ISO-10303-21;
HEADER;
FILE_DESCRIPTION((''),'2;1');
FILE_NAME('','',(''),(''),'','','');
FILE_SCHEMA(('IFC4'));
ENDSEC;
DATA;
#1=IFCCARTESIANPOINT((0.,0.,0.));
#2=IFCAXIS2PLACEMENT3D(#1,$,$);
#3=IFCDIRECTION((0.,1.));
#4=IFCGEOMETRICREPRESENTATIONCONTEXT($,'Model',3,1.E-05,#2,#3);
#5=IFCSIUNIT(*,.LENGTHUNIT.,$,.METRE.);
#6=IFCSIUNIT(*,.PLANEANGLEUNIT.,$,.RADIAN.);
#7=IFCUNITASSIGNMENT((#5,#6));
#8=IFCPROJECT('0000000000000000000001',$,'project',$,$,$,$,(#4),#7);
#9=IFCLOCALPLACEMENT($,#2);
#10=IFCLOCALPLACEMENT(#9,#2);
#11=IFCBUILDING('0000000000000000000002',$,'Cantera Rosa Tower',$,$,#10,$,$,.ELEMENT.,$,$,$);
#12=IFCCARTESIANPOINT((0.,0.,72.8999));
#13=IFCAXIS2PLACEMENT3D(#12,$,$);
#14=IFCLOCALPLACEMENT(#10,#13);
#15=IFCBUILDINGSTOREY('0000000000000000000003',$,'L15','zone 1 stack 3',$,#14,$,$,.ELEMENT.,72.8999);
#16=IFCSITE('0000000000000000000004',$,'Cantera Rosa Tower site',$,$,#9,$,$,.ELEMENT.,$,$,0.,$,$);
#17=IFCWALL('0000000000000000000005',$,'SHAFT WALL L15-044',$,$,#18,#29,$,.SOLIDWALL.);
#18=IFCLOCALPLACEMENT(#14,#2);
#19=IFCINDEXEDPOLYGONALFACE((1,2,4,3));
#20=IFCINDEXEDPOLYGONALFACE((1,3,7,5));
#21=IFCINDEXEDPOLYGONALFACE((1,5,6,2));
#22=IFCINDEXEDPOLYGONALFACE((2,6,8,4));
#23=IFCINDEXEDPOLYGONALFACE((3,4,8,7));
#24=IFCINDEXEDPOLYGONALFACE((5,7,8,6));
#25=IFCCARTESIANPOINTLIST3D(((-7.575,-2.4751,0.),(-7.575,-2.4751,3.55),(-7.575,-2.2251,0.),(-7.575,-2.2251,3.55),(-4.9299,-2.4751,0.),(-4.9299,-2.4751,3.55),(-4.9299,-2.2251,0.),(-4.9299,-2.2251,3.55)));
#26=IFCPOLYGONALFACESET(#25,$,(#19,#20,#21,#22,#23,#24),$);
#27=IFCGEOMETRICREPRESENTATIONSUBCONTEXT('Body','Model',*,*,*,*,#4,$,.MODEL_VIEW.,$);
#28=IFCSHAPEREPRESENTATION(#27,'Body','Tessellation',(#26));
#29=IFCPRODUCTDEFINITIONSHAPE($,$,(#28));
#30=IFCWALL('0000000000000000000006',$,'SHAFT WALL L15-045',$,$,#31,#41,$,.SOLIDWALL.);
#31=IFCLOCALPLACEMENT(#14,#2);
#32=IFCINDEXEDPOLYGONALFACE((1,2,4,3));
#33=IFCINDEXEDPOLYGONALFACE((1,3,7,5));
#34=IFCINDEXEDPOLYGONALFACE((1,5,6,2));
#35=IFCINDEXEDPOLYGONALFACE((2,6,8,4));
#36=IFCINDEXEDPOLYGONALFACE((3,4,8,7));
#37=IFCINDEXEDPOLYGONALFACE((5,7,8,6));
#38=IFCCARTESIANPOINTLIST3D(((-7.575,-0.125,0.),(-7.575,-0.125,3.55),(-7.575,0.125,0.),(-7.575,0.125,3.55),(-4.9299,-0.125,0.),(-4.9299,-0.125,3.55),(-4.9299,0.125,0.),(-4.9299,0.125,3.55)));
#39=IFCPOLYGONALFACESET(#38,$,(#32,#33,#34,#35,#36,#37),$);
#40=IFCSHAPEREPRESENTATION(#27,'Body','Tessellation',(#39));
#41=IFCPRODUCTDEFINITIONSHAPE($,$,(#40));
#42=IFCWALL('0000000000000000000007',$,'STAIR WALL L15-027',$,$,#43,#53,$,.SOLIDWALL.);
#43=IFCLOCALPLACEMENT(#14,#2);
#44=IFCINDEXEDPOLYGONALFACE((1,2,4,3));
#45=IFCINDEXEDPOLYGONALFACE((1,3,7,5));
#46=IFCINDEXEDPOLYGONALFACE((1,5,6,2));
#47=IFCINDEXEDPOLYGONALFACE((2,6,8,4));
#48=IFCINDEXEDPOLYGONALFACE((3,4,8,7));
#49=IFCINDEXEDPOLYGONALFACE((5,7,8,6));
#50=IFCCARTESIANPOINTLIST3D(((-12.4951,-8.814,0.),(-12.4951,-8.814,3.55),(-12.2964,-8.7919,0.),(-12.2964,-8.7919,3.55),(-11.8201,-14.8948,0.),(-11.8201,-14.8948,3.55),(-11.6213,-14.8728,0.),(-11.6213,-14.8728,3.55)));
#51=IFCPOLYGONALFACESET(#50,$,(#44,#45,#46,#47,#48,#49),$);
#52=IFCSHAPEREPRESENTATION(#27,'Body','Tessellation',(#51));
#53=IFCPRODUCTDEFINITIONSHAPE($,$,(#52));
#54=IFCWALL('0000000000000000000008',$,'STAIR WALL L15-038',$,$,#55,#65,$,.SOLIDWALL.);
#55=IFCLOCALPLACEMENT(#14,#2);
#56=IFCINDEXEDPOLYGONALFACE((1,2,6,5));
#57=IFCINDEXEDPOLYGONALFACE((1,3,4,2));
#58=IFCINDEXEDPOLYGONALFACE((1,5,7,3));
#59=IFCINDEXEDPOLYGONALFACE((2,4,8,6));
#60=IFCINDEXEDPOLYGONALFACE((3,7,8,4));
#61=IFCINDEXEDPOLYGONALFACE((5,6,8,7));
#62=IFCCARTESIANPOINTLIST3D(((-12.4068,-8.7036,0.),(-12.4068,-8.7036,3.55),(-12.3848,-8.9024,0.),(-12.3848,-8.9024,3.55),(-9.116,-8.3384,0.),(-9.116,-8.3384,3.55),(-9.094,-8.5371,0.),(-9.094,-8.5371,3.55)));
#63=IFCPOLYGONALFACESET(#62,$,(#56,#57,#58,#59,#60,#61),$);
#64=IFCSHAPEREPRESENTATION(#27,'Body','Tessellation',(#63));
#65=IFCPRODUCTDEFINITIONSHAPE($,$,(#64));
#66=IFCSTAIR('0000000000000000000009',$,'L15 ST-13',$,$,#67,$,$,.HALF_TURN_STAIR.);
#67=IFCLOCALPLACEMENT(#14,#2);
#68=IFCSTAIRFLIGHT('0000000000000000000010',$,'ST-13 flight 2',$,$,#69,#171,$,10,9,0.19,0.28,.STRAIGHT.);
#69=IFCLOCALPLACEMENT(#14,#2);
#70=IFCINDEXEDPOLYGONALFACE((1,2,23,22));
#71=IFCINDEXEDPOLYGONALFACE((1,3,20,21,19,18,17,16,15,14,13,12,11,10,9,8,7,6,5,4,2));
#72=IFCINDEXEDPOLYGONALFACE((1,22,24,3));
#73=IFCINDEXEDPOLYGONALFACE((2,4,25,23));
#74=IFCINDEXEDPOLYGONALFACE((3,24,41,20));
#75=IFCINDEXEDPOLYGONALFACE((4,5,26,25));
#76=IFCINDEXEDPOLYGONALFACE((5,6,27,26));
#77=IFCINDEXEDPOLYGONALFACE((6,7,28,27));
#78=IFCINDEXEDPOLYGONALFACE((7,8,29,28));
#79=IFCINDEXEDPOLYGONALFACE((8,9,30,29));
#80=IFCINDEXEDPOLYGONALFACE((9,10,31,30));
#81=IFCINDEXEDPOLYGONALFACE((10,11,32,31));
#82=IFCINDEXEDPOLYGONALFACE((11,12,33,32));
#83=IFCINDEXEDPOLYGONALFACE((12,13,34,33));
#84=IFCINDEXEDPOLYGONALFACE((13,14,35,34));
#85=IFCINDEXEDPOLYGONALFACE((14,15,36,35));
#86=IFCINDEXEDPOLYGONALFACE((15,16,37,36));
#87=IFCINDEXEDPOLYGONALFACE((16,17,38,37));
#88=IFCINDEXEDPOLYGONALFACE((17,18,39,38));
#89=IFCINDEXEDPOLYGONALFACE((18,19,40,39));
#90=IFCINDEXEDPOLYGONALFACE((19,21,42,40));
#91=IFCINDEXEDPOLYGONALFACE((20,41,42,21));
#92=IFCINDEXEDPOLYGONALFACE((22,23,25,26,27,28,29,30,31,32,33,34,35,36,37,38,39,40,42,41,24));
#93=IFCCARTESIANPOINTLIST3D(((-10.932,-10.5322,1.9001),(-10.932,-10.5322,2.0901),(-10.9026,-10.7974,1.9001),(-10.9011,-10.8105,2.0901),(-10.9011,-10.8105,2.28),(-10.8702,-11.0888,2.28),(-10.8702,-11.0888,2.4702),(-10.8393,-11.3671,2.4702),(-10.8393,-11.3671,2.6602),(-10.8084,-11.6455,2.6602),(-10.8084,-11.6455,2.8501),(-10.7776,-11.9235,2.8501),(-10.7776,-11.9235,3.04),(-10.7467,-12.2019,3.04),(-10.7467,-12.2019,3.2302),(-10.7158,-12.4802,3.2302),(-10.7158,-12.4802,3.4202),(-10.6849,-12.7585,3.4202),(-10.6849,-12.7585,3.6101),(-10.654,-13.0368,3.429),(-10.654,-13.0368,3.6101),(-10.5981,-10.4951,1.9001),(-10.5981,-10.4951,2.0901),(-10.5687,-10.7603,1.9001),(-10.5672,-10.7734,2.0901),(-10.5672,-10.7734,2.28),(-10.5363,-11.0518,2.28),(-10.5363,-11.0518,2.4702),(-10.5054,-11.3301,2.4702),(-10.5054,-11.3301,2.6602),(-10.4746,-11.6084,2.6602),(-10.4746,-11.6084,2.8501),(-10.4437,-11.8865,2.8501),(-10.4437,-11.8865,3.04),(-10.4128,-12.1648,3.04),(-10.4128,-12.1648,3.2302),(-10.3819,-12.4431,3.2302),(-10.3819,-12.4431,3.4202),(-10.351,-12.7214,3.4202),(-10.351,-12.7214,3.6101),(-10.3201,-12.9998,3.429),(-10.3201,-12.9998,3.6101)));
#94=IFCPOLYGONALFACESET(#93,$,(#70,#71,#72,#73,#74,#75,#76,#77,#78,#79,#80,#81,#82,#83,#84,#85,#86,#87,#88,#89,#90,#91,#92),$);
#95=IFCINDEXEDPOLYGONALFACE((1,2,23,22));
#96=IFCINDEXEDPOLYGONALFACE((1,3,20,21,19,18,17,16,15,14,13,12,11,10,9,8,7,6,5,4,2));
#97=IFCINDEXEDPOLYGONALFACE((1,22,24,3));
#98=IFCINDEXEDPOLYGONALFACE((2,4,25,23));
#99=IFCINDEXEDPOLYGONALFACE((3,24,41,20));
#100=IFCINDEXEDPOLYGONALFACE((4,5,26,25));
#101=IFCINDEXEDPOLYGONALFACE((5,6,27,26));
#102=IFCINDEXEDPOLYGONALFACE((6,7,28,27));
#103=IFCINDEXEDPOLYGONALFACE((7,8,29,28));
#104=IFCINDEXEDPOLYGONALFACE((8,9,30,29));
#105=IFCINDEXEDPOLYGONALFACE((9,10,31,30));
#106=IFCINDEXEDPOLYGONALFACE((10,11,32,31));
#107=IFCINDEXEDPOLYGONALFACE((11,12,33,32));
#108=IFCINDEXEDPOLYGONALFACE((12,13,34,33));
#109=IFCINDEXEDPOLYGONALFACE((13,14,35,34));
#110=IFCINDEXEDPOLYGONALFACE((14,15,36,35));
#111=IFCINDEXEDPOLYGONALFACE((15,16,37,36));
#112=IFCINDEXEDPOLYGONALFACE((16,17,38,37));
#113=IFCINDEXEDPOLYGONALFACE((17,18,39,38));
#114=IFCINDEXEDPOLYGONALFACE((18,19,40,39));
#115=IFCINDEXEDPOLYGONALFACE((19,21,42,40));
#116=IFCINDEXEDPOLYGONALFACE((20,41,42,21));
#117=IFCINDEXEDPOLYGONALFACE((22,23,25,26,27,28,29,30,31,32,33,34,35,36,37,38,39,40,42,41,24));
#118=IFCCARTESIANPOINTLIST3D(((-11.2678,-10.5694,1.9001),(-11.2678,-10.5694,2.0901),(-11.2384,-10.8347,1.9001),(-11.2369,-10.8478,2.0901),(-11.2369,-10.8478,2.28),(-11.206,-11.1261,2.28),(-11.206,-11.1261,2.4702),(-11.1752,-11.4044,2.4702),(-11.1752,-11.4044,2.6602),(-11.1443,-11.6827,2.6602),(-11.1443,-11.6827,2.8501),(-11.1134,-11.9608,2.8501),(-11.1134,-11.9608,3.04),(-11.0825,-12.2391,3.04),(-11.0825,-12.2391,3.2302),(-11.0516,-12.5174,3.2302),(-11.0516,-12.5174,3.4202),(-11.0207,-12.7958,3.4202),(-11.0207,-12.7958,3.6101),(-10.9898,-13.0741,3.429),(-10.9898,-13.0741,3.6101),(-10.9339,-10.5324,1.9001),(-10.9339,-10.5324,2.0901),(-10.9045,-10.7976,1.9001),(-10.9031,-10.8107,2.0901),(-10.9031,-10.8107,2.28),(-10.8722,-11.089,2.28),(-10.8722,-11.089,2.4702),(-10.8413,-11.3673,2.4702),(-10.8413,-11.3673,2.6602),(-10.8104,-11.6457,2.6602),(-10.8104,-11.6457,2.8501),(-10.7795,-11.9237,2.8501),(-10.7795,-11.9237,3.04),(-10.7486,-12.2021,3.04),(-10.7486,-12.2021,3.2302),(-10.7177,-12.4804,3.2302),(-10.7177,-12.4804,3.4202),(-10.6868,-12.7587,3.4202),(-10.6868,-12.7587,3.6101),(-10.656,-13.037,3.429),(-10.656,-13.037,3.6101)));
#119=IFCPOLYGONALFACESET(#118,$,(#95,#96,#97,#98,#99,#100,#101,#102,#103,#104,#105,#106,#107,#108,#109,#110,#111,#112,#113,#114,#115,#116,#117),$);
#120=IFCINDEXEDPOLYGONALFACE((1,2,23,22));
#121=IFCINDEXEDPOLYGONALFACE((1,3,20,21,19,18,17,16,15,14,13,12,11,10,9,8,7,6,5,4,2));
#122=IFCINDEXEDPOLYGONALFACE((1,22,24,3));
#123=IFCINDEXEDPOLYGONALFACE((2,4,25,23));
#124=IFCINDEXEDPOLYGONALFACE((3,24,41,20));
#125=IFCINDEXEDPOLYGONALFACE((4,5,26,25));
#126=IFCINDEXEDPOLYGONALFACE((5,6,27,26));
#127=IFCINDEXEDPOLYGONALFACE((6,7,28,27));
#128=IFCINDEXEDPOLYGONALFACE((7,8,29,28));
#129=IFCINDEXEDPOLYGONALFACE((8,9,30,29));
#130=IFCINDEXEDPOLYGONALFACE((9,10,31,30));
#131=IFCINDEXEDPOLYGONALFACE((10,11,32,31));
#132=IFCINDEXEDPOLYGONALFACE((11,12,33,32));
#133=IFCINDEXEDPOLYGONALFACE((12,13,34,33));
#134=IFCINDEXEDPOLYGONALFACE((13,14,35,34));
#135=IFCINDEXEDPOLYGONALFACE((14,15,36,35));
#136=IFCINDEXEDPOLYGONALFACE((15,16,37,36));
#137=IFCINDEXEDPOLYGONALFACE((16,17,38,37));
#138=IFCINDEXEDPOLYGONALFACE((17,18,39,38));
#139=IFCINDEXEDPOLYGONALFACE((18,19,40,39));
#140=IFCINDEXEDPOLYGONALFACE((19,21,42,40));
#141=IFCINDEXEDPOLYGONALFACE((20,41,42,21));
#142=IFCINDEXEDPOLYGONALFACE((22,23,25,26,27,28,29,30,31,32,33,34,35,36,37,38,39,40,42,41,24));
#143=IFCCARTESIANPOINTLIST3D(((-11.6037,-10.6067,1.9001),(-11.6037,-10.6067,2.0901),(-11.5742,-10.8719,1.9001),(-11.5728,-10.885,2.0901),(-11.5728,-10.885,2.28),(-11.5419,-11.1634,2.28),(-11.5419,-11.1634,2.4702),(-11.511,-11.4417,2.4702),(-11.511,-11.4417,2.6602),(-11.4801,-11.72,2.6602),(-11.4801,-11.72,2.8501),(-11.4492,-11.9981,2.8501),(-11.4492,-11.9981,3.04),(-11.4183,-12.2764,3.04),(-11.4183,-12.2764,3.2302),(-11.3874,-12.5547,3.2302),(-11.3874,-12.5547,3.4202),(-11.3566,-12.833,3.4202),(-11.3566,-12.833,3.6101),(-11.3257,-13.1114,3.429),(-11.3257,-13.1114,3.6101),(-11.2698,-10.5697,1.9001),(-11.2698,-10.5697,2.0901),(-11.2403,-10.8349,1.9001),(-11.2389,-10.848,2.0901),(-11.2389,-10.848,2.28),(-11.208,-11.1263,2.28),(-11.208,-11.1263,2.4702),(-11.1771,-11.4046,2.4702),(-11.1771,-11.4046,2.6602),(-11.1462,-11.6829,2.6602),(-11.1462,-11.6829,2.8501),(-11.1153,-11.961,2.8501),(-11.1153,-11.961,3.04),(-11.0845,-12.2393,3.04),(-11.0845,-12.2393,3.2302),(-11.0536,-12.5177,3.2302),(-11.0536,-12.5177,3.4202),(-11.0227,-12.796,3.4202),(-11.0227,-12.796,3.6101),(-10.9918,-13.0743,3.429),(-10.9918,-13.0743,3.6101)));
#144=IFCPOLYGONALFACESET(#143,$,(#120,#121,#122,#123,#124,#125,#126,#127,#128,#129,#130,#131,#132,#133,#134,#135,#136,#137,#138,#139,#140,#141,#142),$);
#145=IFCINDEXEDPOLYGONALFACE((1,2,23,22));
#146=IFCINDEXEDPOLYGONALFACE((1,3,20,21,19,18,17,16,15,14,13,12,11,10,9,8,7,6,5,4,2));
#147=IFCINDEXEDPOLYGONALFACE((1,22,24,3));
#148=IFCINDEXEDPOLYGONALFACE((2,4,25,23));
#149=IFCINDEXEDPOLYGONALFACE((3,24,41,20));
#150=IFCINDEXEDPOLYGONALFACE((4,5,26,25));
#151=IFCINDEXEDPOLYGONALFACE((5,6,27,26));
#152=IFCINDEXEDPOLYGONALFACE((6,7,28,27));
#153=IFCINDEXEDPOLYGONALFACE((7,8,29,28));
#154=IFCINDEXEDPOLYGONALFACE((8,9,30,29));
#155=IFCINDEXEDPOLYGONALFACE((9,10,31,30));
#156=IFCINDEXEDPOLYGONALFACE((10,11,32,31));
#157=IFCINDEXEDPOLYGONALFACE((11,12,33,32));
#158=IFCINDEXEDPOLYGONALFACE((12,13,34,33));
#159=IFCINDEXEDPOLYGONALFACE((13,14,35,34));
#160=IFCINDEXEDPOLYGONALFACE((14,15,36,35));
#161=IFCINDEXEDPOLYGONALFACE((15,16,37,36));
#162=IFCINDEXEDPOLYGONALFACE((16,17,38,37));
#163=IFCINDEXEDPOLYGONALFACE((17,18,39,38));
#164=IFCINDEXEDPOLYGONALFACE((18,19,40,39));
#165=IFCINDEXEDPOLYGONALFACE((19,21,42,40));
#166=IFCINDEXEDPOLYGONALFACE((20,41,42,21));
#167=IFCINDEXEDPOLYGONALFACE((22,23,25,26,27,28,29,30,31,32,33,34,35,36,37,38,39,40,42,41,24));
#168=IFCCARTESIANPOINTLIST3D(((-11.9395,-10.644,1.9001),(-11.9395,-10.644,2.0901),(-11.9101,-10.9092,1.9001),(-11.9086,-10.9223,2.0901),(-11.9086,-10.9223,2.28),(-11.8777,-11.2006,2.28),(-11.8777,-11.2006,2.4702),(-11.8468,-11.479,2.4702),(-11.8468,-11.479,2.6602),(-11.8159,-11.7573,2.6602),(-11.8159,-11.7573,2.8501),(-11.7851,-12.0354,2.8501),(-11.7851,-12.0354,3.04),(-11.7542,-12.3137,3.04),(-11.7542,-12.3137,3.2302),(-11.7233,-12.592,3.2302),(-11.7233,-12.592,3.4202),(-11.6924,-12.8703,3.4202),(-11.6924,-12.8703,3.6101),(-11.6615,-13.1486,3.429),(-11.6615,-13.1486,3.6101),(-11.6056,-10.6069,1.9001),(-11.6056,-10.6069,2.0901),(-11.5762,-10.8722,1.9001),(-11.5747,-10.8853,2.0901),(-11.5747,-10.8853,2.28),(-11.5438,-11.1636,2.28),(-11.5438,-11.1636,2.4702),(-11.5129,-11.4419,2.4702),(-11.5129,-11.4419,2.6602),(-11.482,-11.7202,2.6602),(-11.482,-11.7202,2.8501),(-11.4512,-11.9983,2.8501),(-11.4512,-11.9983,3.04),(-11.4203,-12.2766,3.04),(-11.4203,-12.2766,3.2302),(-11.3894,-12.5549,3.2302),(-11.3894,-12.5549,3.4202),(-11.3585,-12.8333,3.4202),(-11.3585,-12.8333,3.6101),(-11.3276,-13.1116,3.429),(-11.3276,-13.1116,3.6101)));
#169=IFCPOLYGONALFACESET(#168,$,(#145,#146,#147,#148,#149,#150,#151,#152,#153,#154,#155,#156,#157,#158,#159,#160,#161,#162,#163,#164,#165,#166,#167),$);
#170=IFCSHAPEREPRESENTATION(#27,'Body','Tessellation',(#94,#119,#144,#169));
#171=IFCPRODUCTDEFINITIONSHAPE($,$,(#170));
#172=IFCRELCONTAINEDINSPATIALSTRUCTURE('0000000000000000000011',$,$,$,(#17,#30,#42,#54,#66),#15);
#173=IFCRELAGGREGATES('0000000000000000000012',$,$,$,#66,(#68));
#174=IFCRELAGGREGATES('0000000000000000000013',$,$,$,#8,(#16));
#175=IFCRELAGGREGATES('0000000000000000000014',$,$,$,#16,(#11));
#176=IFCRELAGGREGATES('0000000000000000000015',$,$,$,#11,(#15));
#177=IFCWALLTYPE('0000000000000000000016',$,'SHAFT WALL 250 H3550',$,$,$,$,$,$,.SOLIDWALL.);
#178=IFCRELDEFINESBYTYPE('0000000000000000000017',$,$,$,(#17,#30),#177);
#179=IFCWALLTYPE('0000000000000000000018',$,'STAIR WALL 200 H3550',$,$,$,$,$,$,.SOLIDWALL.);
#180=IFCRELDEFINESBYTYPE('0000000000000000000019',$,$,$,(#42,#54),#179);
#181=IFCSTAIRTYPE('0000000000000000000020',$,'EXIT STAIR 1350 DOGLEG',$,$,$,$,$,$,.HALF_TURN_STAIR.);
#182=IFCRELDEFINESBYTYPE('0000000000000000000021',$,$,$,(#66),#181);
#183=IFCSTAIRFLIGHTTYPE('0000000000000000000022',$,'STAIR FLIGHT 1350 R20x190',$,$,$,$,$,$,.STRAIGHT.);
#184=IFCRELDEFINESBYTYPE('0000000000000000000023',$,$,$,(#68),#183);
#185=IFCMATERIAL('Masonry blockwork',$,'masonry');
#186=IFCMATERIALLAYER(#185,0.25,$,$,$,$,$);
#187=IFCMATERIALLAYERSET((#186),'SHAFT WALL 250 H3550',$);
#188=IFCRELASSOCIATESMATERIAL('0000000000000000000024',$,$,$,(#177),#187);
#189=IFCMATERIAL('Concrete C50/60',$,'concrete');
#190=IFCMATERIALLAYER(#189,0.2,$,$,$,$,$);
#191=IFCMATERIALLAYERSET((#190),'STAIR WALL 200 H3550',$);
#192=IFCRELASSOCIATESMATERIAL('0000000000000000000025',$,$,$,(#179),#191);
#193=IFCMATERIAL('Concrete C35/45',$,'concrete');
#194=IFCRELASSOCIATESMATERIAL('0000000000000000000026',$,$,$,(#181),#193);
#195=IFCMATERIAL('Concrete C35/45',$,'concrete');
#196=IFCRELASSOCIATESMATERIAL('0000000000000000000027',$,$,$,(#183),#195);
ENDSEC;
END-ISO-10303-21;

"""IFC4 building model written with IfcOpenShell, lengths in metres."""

from ifc_helpers import new_model, si_unit, direction, frame, frame_2d, origin, place, context, subcontext, project, spatial, polyline, rectangle, outline, extrude, material, layer, layer_set, type_object, element, aggregate, save


model = new_model("IFC4")

# Units and contexts
model_context = context("Model", 3, precision=1e-05, world=origin(), true_north=direction((0.0, 1.0)))
body_context = subcontext(model_context, "Body", "Model", "MODEL_VIEW")
ifc_project = project(units=[si_unit("LENGTHUNIT", "METRE"), si_unit("PLANEANGLEUNIT", "RADIAN")], contexts=[model_context])

# Site, building, storey
site_placement = place(None, origin())
site = spatial("IfcSite", under=ifc_project, at=site_placement, Name="Cantera Rosa Tower site", CompositionType="ELEMENT", RefElevation=0.0)
building_placement = place(site_placement, origin())
building = spatial("IfcBuilding", under=site, at=building_placement, Name="Cantera Rosa Tower", CompositionType="ELEMENT")
storey_placement = place(building_placement, frame((0.0, 0.0, 72.8999)))
storey = spatial("IfcBuildingStorey", under=building, at=storey_placement, Name="L15", Description="zone 1 stack 3", CompositionType="ELEMENT", Elevation=72.8999)

# Walls
ifc_material_1 = material(Name="Masonry blockwork", Category="masonry")
ifc_layer_1 = layer(ifc_material_1, 0.25)
ifc_layer_set_1 = layer_set([ifc_layer_1], Name="SHAFT WALL 250 H3550")
wall_type_1 = type_object("IfcWallType", Name="SHAFT WALL 250 H3550", PredefinedType="SOLIDWALL", material=ifc_layer_set_1)
for number, where, z_axis, x_axis, name in (
    (1, (-7.575, -2.3501, 0.0), (0.0, 0.0, 1.0), (1.0, 0.0, 0.0), "SHAFT WALL L15-044"),
    (2, (-7.575, 0.0, 0.0), (0.0, 0.0, 1.0), (1.0, 0.0, 0.0), "SHAFT WALL L15-045"),
):
    element("IfcWall", number, at=place(storey_placement, frame(where, z_axis=z_axis, x_axis=x_axis)), inside=storey, type_object=wall_type_1, Name=name, PredefinedType="SOLIDWALL", context=body_context, shape_type="SweptSolid", body=[
        extrude(rectangle(XDim=2.645, YDim=0.25, at=frame_2d((1.3225, 0.0))), origin(), (0.0, 0.0, 1.0), 3.55),
    ])
ifc_material_2 = material(Name="Concrete C50/60", Category="concrete")
ifc_layer_2 = layer(ifc_material_2, 0.2)
ifc_layer_set_2 = layer_set([ifc_layer_2], Name="STAIR WALL 200 H3550")
wall_type_2 = type_object("IfcWallType", Name="STAIR WALL 200 H3550", PredefinedType="SOLIDWALL", material=ifc_layer_set_2)
wall_1_placement = place(storey_placement, frame((-12.3958, -8.803, 0.0), z_axis=(0.0, 0.0, 1.0), x_axis=(0.110335, -0.993894, 0.0)))
element("IfcWall", 3, at=wall_1_placement, inside=storey, type_object=wall_type_2, Name="STAIR WALL L15-027", PredefinedType="SOLIDWALL", context=body_context, shape_type="SweptSolid", body=[
    extrude(rectangle(XDim=6.1182, YDim=0.2, at=frame_2d((3.0591, 0.0))), origin(), (0.0, 0.0, 1.0), 3.55),
])
wall_2_placement = place(storey_placement, frame((-9.105, -8.4377, 0.0), z_axis=(0.0, 0.0, 1.0), x_axis=(-0.993897, -0.11031, 0.0)))
element("IfcWall", 4, at=wall_2_placement, inside=storey, type_object=wall_type_2, Name="STAIR WALL L15-038", PredefinedType="SOLIDWALL", context=body_context, shape_type="SweptSolid", body=[
    extrude(rectangle(XDim=3.311, YDim=0.2, at=frame_2d((1.6555, 0.0))), origin(), (0.0, 0.0, 1.0), 3.55),
])

# Stair, stair flight
ifc_material_3 = material(Name="Concrete C35/45", Category="concrete")
stair_type = type_object("IfcStairType", Name="EXIT STAIR 1350 DOGLEG", PredefinedType="HALF_TURN_STAIR", material=ifc_material_3)
stair_placement = place(storey_placement, origin())
stair = element("IfcStair", 5, at=stair_placement, inside=storey, type_object=stair_type, Name="L15 ST-13", PredefinedType="HALF_TURN_STAIR")
ifc_material_4 = material(Name="Concrete C35/45", Category="concrete")
stair_flight_type = type_object("IfcStairFlightType", Name="STAIR FLIGHT 1350 R20x190", PredefinedType="STRAIGHT", material=ifc_material_4)
stair_flight_placement = place(storey_placement, frame((-11.269, -10.5696, 1.9001), z_axis=(0.0, 0.0, 1.0), x_axis=(0.110313, -0.993897, 0.0)))
stair_flight = element("IfcStairFlight", 6, at=stair_flight_placement, type_object=stair_flight_type, Name="ST-13 flight 2", NumberOfRisers=10, NumberOfTreads=9, PredefinedType="STRAIGHT", RiserHeight=0.19, TreadLength=0.28, context=body_context, shape_type="SweptSolid", body=[
    extrude(outline(polyline([(0.0, 0.0), (0.0, 0.1899), (0.28, 0.1899), (0.28, 0.3799), (0.5601, 0.3799), (0.5601, 0.5701), (0.8401, 0.5701), (0.8401, 0.76), (1.1201, 0.76), (1.1201, 0.95), (1.3999, 0.95), (1.3999, 1.1399), (1.6799, 1.1399), (1.6799, 1.3301), (1.96, 1.3301), (1.96, 1.52), (2.24, 1.52), (2.24, 1.71), (2.52, 1.71), (2.52, 1.8999), (2.52, 1.5288), (0.2668, 0.0), (0.0, 0.0)])), frame((0.0, 0.675, 0.0), z_axis=(0.0, -1.0, 0.0), x_axis=(1.0, 0.0, 0.0)), (0.0, 0.0, 1.0), 0.3359),
    extrude(outline(polyline([(0.0, 0.0), (0.0, 0.1899), (0.28, 0.1899), (0.28, 0.3799), (0.5601, 0.3799), (0.5601, 0.5701), (0.8401, 0.5701), (0.8401, 0.76), (1.1201, 0.76), (1.1201, 0.95), (1.3999, 0.95), (1.3999, 1.1399), (1.6799, 1.1399), (1.6799, 1.3301), (1.96, 1.3301), (1.96, 1.52), (2.24, 1.52), (2.24, 1.71), (2.52, 1.71), (2.52, 1.8999), (2.52, 1.5288), (0.2668, 0.0), (0.0, 0.0)])), frame((0.0, 0.3372, 0.0), z_axis=(0.0, -1.0, 0.0), x_axis=(1.0, 0.0, 0.0)), (0.0, 0.0, 1.0), 0.3359),
    extrude(outline(polyline([(0.0, 0.0), (0.0, 0.1899), (0.28, 0.1899), (0.28, 0.3799), (0.5601, 0.3799), (0.5601, 0.5701), (0.8401, 0.5701), (0.8401, 0.76), (1.1201, 0.76), (1.1201, 0.95), (1.3999, 0.95), (1.3999, 1.1399), (1.6799, 1.1399), (1.6799, 1.3301), (1.96, 1.3301), (1.96, 1.52), (2.24, 1.52), (2.24, 1.71), (2.52, 1.71), (2.52, 1.8999), (2.52, 1.5288), (0.2668, 0.0), (0.0, 0.0)])), frame((0.0, -0.0007, 0.0), z_axis=(0.0, -1.0, 0.0), x_axis=(1.0, 0.0, 0.0)), (0.0, 0.0, 1.0), 0.3359),
    extrude(outline(polyline([(0.0, 0.0), (0.0, 0.1899), (0.28, 0.1899), (0.28, 0.3799), (0.5601, 0.3799), (0.5601, 0.5701), (0.8401, 0.5701), (0.8401, 0.76), (1.1201, 0.76), (1.1201, 0.95), (1.3999, 0.95), (1.3999, 1.1399), (1.6799, 1.1399), (1.6799, 1.3301), (1.96, 1.3301), (1.96, 1.52), (2.24, 1.52), (2.24, 1.71), (2.52, 1.71), (2.52, 1.8999), (2.52, 1.5288), (0.2668, 0.0), (0.0, 0.0)])), frame((0.0, -0.3386, 0.0), z_axis=(0.0, -1.0, 0.0), x_axis=(1.0, 0.0, 0.0)), (0.0, 0.0, 1.0), 0.3359),
])
aggregate(stair, [stair_flight])

save(model, "model.ifc")
